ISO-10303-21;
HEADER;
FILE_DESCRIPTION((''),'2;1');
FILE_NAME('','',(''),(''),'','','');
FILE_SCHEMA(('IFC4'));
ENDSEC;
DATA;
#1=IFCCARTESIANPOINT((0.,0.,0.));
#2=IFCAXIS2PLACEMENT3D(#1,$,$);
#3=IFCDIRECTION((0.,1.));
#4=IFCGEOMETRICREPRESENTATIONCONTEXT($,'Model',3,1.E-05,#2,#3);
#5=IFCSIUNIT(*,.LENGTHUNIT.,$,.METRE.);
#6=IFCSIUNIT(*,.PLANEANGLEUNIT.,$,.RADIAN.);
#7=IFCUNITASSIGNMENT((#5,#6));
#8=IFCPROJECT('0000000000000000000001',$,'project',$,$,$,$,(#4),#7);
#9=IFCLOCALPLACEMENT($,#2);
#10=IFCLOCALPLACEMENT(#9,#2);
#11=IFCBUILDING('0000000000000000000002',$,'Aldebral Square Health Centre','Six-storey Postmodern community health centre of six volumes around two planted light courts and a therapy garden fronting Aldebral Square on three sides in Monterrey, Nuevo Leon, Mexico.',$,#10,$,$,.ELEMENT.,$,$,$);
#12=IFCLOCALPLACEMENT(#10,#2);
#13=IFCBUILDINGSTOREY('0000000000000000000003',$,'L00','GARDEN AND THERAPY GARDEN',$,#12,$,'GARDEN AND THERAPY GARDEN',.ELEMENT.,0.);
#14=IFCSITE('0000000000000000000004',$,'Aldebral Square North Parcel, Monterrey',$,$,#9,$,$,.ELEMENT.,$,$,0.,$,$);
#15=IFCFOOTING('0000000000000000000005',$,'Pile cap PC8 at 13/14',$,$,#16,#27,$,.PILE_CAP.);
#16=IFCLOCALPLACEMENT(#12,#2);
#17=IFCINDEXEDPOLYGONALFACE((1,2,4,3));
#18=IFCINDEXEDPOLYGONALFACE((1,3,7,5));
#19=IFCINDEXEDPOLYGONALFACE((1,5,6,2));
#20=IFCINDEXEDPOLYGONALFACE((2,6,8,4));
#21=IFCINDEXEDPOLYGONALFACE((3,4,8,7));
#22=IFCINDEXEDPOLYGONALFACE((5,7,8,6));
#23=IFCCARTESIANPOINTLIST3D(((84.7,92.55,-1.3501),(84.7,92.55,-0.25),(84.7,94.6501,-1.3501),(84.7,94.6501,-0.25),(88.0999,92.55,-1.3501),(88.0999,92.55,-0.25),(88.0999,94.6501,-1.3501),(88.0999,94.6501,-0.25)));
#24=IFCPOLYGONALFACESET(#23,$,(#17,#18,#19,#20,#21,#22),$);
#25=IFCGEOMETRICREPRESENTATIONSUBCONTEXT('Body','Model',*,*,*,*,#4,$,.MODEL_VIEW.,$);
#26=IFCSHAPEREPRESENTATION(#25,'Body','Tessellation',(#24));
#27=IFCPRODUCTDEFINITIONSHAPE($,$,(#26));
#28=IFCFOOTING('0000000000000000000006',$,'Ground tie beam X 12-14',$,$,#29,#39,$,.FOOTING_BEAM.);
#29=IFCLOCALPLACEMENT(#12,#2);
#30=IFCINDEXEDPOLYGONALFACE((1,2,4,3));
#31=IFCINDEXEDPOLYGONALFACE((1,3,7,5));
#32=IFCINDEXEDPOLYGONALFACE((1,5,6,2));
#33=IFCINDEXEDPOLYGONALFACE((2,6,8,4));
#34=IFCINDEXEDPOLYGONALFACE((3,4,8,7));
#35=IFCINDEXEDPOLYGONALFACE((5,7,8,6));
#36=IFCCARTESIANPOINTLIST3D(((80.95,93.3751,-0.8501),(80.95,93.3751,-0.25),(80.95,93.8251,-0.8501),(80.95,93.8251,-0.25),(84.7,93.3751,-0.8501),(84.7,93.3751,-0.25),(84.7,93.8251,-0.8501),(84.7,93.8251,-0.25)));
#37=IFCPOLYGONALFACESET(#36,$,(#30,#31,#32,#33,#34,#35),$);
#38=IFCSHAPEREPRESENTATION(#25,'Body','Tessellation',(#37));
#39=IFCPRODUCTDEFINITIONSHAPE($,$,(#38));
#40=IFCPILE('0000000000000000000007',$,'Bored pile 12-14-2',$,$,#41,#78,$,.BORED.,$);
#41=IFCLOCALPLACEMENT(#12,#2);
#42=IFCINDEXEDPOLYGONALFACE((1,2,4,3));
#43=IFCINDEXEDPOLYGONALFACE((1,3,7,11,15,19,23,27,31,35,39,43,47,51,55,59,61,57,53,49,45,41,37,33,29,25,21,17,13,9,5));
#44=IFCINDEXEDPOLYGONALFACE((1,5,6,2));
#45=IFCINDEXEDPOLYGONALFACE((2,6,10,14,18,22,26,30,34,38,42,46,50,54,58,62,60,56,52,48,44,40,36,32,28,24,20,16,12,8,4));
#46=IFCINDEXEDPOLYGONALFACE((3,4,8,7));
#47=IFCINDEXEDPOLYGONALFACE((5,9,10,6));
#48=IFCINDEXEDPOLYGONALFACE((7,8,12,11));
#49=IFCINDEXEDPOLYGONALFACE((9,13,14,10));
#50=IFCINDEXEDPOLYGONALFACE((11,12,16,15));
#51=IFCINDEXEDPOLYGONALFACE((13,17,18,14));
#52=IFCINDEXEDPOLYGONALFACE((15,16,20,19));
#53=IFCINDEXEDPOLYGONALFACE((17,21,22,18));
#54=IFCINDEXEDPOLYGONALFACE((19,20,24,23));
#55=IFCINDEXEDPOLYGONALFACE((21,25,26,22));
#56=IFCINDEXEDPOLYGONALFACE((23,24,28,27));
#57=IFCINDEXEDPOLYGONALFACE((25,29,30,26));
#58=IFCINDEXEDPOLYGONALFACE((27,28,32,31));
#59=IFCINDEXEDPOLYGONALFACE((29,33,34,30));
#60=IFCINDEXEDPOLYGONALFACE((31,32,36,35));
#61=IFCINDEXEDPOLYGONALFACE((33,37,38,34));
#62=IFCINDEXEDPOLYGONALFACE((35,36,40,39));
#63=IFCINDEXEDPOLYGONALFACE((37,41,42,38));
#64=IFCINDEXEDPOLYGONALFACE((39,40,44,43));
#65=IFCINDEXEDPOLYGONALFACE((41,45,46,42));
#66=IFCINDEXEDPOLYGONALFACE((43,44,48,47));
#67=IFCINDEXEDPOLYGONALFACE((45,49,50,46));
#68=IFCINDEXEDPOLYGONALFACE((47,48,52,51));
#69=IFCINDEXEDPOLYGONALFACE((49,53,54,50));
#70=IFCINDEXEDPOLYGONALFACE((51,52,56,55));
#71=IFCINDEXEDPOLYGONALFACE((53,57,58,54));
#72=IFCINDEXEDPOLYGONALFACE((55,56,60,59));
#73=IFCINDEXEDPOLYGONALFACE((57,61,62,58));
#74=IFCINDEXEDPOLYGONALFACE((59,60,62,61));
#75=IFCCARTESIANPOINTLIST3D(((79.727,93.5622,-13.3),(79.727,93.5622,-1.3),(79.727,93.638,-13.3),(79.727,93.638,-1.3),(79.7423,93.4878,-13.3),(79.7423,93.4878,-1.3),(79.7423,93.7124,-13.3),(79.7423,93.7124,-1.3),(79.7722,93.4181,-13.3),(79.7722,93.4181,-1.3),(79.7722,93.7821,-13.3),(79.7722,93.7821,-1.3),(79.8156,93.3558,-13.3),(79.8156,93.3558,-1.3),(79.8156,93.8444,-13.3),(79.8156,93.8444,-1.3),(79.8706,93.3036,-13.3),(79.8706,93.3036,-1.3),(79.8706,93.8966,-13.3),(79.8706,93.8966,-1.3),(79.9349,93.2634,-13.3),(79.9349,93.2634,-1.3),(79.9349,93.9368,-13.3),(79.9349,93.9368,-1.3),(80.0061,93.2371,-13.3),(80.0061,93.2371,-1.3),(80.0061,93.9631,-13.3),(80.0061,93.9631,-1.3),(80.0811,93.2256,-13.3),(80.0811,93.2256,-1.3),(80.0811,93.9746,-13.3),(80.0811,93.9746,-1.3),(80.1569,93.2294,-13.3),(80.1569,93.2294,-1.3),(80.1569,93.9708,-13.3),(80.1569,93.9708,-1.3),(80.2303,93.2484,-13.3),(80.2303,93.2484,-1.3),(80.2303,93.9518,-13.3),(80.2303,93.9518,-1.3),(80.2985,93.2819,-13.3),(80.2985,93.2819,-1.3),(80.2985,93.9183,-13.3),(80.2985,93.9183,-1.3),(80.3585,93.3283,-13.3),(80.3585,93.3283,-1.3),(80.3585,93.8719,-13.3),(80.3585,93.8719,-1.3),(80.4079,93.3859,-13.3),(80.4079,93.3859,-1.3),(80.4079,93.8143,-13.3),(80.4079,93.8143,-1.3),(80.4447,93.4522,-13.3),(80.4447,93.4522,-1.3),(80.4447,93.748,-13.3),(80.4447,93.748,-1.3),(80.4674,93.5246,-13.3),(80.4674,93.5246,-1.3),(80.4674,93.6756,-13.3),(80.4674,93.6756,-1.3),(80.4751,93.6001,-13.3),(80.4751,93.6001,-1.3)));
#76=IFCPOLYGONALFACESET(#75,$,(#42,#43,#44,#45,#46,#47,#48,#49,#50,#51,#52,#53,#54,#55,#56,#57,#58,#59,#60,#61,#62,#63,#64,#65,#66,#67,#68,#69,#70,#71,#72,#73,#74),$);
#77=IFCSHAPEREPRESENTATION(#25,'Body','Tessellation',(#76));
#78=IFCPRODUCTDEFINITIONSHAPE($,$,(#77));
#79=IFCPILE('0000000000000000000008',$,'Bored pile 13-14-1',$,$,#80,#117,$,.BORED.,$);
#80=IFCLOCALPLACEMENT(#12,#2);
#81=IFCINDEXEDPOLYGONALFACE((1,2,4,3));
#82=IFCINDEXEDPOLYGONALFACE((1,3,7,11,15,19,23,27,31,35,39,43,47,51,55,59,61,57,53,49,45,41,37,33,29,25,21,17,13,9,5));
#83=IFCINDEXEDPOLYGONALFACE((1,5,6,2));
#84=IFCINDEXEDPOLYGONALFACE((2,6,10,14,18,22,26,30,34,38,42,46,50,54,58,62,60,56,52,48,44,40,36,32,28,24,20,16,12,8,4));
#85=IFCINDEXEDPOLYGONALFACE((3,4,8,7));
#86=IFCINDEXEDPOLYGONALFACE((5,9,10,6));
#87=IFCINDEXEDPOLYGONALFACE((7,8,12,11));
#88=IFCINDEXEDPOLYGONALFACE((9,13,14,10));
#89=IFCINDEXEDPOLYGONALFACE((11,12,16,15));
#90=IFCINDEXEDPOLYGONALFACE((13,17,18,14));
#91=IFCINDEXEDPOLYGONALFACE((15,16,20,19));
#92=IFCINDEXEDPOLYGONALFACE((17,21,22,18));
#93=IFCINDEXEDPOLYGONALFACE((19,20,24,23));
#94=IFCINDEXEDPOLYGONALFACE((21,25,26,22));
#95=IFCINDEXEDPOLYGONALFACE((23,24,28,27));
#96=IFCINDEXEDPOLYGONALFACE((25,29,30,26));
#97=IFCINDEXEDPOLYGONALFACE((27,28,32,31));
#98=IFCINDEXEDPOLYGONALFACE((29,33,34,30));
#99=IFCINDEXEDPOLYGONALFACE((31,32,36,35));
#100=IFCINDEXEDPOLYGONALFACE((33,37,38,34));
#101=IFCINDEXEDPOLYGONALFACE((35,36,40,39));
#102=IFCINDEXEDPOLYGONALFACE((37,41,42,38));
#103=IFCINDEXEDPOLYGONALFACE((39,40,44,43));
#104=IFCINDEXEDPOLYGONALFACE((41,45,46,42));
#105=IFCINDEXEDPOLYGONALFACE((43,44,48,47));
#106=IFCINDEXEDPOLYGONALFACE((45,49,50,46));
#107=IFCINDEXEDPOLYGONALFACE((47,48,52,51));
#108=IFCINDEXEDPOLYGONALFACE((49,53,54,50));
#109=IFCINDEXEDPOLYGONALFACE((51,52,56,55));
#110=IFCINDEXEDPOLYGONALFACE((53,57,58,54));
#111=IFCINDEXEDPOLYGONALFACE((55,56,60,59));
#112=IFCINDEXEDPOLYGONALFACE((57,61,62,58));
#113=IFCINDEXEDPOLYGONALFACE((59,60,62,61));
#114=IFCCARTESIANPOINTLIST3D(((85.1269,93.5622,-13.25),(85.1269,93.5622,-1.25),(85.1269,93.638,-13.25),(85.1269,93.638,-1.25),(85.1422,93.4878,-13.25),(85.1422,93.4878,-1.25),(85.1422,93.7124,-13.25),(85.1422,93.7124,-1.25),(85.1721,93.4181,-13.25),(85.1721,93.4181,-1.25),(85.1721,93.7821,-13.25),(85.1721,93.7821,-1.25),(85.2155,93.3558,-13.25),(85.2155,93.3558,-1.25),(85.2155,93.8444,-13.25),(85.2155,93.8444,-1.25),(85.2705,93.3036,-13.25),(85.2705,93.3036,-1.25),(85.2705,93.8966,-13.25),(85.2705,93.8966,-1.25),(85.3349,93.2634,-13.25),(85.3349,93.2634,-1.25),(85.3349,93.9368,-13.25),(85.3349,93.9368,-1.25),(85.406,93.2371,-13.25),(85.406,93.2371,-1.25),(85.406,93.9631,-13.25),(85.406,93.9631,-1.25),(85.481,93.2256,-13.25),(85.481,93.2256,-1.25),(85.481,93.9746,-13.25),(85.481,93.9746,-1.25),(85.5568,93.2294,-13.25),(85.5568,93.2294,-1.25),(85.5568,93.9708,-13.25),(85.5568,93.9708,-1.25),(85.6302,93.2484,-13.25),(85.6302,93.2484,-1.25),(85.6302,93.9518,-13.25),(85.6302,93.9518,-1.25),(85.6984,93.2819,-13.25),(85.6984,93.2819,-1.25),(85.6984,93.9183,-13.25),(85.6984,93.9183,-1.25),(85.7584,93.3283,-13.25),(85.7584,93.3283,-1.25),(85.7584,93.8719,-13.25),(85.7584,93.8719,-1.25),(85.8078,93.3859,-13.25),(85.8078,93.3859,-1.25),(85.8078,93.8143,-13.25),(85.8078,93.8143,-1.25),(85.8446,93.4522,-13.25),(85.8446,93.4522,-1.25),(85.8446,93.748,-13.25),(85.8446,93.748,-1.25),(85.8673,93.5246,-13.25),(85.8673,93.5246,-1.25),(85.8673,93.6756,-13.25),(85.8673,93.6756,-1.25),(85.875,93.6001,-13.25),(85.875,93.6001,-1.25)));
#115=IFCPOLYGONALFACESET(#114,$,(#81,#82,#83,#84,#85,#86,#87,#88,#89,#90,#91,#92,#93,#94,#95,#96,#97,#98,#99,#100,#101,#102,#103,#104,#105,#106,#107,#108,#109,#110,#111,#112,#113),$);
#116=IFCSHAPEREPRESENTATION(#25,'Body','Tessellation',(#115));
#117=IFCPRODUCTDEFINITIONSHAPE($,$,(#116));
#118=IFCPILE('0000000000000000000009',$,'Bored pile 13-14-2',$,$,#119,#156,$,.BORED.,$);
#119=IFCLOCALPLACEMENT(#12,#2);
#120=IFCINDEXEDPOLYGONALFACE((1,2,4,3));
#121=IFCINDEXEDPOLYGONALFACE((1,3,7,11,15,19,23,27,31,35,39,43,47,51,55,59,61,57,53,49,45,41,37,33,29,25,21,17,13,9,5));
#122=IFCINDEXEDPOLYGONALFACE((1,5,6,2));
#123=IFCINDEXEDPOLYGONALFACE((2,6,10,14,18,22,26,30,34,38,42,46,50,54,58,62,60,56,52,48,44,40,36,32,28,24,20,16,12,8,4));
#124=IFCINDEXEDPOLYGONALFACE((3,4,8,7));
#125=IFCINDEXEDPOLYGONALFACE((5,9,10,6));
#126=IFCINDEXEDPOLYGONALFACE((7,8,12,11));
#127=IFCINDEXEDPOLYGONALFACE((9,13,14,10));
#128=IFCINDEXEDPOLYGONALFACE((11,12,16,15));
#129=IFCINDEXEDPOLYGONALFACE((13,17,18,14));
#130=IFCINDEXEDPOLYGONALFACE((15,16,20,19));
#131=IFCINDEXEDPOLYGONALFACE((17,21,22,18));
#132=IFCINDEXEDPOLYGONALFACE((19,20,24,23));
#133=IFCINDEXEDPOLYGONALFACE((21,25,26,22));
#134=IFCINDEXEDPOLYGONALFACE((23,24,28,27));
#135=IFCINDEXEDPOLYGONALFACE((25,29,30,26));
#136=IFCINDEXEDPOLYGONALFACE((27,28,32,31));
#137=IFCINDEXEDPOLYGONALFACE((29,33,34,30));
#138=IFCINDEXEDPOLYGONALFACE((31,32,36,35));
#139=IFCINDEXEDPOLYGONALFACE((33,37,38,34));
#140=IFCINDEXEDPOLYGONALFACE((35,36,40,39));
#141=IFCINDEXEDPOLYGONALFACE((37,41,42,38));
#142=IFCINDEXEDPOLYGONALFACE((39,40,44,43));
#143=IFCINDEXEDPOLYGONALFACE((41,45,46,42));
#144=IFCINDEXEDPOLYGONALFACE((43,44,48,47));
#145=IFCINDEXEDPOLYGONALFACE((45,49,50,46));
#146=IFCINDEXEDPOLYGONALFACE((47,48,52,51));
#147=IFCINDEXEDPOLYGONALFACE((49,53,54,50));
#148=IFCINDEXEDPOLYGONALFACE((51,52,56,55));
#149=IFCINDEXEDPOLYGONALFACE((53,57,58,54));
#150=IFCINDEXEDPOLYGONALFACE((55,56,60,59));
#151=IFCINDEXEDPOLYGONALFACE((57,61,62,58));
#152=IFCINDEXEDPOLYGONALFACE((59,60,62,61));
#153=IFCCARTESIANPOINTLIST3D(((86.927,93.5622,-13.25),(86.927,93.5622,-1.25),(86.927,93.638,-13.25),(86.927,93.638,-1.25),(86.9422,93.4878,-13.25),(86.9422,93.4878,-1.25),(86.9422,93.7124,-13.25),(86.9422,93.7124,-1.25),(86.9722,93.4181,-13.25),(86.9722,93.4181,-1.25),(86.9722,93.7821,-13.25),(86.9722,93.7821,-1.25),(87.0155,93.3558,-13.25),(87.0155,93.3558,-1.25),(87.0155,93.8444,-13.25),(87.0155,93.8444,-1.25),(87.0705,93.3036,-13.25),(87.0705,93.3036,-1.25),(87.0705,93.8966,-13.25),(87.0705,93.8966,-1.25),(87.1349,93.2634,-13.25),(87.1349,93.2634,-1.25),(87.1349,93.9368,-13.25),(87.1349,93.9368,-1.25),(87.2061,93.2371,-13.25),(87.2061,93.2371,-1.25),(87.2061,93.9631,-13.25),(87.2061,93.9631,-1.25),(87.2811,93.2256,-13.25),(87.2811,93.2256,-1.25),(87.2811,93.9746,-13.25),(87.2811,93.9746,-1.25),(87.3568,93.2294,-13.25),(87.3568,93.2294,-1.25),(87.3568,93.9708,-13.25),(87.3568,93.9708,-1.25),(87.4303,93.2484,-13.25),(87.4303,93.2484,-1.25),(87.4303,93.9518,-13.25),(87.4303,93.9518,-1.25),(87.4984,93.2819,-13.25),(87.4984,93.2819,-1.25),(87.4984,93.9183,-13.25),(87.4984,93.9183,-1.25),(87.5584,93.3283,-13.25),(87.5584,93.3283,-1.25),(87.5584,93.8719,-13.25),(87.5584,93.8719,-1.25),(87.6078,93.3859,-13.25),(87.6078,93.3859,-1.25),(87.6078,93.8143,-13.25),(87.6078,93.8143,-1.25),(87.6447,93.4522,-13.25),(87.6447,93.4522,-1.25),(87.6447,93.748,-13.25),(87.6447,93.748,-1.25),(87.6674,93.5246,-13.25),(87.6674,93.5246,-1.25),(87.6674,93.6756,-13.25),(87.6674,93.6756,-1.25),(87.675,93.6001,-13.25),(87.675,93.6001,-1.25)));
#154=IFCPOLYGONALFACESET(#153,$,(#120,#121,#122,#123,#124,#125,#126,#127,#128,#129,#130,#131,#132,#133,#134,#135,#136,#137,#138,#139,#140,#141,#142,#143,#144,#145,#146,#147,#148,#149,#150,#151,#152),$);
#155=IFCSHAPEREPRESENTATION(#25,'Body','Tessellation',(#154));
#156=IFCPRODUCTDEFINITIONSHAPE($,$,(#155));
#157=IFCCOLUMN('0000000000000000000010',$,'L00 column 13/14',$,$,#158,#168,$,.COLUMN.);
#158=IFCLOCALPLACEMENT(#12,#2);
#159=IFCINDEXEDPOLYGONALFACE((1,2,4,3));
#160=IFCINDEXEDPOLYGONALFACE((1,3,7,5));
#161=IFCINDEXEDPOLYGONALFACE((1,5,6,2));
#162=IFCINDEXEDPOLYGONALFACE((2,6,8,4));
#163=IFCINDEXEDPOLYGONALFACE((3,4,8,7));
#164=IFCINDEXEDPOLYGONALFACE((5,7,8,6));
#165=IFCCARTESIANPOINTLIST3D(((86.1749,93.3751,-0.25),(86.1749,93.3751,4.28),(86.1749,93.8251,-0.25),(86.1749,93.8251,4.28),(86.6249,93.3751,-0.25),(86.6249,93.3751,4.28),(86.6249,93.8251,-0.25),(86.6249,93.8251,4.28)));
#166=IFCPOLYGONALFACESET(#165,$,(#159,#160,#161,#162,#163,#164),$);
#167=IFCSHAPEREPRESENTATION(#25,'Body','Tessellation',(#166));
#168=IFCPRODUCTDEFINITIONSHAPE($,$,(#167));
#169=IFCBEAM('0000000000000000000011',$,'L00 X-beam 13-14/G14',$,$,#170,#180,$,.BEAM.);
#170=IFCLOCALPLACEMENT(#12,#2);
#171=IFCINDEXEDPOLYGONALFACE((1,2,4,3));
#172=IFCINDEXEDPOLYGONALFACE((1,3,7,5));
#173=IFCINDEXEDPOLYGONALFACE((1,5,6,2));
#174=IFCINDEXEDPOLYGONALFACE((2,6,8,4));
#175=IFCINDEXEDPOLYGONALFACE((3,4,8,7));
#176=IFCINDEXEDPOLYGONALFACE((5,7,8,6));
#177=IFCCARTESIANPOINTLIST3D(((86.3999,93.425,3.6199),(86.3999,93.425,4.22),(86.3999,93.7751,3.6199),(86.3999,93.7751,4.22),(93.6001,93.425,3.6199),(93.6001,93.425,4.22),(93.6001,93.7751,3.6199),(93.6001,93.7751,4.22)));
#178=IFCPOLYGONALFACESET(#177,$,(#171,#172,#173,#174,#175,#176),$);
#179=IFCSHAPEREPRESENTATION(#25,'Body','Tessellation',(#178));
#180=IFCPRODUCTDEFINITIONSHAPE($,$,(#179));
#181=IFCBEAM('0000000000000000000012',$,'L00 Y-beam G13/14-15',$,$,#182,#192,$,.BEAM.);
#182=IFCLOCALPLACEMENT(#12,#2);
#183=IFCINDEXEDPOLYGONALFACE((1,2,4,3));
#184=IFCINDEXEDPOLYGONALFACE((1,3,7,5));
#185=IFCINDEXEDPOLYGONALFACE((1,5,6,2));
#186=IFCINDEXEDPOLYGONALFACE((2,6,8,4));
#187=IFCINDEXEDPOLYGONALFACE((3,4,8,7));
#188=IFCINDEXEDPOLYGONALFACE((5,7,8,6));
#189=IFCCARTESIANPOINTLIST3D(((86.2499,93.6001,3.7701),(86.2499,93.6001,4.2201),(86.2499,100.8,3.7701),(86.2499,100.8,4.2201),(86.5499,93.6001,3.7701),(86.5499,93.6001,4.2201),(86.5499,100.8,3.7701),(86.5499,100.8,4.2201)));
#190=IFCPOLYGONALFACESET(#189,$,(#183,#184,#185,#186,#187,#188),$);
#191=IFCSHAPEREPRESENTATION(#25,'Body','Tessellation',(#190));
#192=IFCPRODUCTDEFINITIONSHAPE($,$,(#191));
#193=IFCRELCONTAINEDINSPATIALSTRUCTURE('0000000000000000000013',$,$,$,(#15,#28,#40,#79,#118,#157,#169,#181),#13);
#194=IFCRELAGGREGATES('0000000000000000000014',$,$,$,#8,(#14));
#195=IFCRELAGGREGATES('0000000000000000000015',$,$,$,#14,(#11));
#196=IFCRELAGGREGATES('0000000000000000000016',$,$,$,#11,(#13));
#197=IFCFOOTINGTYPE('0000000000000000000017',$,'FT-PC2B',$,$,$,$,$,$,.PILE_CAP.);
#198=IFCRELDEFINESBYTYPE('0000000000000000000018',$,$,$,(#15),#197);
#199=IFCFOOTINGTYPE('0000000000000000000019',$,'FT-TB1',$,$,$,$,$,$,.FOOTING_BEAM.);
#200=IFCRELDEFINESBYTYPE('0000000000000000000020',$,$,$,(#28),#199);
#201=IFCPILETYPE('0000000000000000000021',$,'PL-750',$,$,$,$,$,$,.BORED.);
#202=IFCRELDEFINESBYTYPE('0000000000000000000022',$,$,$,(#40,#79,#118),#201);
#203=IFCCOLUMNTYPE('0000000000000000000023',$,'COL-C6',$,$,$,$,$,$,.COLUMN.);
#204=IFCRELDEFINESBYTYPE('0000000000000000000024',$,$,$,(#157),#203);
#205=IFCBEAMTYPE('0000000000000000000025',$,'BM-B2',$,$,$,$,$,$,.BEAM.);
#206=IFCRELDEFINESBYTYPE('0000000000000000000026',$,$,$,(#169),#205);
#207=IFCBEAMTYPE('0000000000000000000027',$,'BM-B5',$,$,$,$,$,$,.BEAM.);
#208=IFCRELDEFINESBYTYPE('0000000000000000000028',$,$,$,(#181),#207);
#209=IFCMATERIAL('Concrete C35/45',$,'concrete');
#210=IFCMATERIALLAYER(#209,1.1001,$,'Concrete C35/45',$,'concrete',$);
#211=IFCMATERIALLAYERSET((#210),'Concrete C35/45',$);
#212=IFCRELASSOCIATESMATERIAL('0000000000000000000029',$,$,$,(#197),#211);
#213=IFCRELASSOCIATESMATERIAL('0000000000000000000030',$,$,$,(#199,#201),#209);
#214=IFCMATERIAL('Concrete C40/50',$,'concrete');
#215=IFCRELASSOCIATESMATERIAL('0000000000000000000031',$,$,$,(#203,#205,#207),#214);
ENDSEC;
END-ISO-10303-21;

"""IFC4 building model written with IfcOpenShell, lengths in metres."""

from ifc_helpers import new_model, si_unit, direction, frame, origin, origin_2d, place, context, subcontext, project, spatial, rectangle, circle, extrude, material, layer, layer_set, material_profile, profile_set, type_object, element, save


model = new_model("IFC4")

# Units and contexts
model_context = context("Model", 3, precision=1e-05, world=origin(), true_north=direction((0.0, 1.0)))
body_context = subcontext(model_context, "Body", "Model", "MODEL_VIEW")
ifc_project = project(units=[si_unit("LENGTHUNIT", "METRE"), si_unit("PLANEANGLEUNIT", "RADIAN")], contexts=[model_context])

# Site, building, storey
site_placement = place(None, origin())
site = spatial("IfcSite", under=ifc_project, at=site_placement, Name="Aldebral Square North Parcel, Monterrey", CompositionType="ELEMENT", RefElevation=0.0)
building_placement = place(site_placement, origin())
building = spatial("IfcBuilding", under=site, at=building_placement, Name="Aldebral Square Health Centre", Description="Six-storey Postmodern community health centre of six volumes around two planted light courts and a therapy garden fronting Aldebral Square on three sides in Monterrey, Nuevo Leon, Mexico.", CompositionType="ELEMENT")
storey_placement = place(building_placement, origin())
storey = spatial("IfcBuildingStorey", under=building, at=storey_placement, Name="L00", Description="GARDEN AND THERAPY GARDEN", LongName="GARDEN AND THERAPY GARDEN", CompositionType="ELEMENT", Elevation=0.0)

# Footings
ifc_material_1 = material(Name="Concrete C35/45", Category="concrete")
ifc_layer_1 = layer(ifc_material_1, 1.1001, Name="Concrete C35/45", Category="concrete")
ifc_layer_set_1 = layer_set([ifc_layer_1], Name="Concrete C35/45")
footing_type_1 = type_object("IfcFootingType", Name="FT-PC2B", PredefinedType="PILE_CAP", material=ifc_layer_set_1)
footing_1_placement = place(storey_placement, frame((86.3999, 93.6001, -1.3501), z_axis=(0.0, 0.0, 1.0), x_axis=(1.0, 0.0, 0.0)))
element("IfcFooting", 1, at=footing_1_placement, inside=storey, type_object=footing_type_1, Name="Pile cap PC8 at 13/14", PredefinedType="PILE_CAP", context=body_context, shape_type="SweptSolid", body=[
    extrude(rectangle(XDim=3.3999, YDim=2.1001, at=origin_2d()), origin(), (0.0, 0.0, 1.0), 1.1001),
])
ifc_material_profile_1 = material_profile(ifc_material_1, rectangle(XDim=0.45, YDim=0.6001, at=origin_2d()), Name="RC 450x600")
ifc_profile_set_1 = profile_set([ifc_material_profile_1], Name="Concrete C35/45")
footing_type_2 = type_object("IfcFootingType", Name="FT-TB1", PredefinedType="FOOTING_BEAM", material=ifc_profile_set_1)
footing_2_placement = place(storey_placement, frame((80.95, 93.6001, -0.55), z_axis=(1.0, 0.0, 0.0), x_axis=(0.0, 1.0, 0.0)))
element("IfcFooting", 2, at=footing_2_placement, inside=storey, type_object=footing_type_2, Name="Ground tie beam X 12-14", PredefinedType="FOOTING_BEAM", context=body_context, shape_type="SweptSolid", body=[
    extrude(rectangle(XDim=0.45, YDim=0.6001, at=origin_2d()), origin(), (0.0, 0.0, 1.0), 3.75),
])

# Piles
ifc_material_profile_2 = material_profile(ifc_material_1, circle(Radius=0.375, at=origin_2d()), Name="PILE D750")
ifc_profile_set_2 = profile_set([ifc_material_profile_2], Name="Concrete C35/45")
pile_type = type_object("IfcPileType", Name="PL-750", PredefinedType="BORED", material=ifc_profile_set_2)
for number, where, z_axis, x_axis, name in (
    (3, (80.1001, 93.6001, -1.3), (0.0, 0.0, -1.0), (1.0, 0.0, 0.0), "Bored pile 12-14-2"),
    (4, (85.5, 93.6001, -1.25), (0.0, 0.0, -1.0), (1.0, 0.0, 0.0), "Bored pile 13-14-1"),
    (5, (87.3, 93.6001, -1.25), (0.0, 0.0, -1.0), (1.0, 0.0, 0.0), "Bored pile 13-14-2"),
):
    element("IfcPile", number, at=place(storey_placement, frame(where, z_axis=z_axis, x_axis=x_axis)), inside=storey, type_object=pile_type, Name=name, PredefinedType="BORED", context=body_context, shape_type="SweptSolid", body=[
        extrude(circle(Radius=0.375, at=origin_2d()), origin(), (0.0, 0.0, 1.0), 12.0),
    ])

# Column
ifc_material_2 = material(Name="Concrete C40/50", Category="concrete")
ifc_material_profile_3 = material_profile(ifc_material_2, rectangle(XDim=0.45, YDim=0.45, at=origin_2d()), Name="RC 450x450")
ifc_profile_set_3 = profile_set([ifc_material_profile_3], Name="Concrete C40/50")
column_type = type_object("IfcColumnType", Name="COL-C6", PredefinedType="COLUMN", material=ifc_profile_set_3)
column_placement = place(storey_placement, frame((86.3999, 93.6001, -0.25), z_axis=(0.0, 0.0, 1.0), x_axis=(1.0, 0.0, 0.0)))
element("IfcColumn", 6, at=column_placement, inside=storey, type_object=column_type, Name="L00 column 13/14", PredefinedType="COLUMN", context=body_context, shape_type="SweptSolid", body=[
    extrude(rectangle(XDim=0.45, YDim=0.45, at=origin_2d()), origin(), (0.0, 0.0, 1.0), 4.53),
])

# Beams
ifc_material_profile_4 = material_profile(ifc_material_2, rectangle(XDim=0.3501, YDim=0.6001, at=origin_2d()), Name="RC 350x600")
ifc_profile_set_4 = profile_set([ifc_material_profile_4], Name="Concrete C40/50")
beam_type_1 = type_object("IfcBeamType", Name="BM-B2", PredefinedType="BEAM", material=ifc_profile_set_4)
beam_1_placement = place(storey_placement, frame((86.3999, 93.6001, 3.9199), z_axis=(1.0, 0.0, 0.0), x_axis=(0.0, 1.0, 0.0)))
element("IfcBeam", 7, at=beam_1_placement, inside=storey, type_object=beam_type_1, Name="L00 X-beam 13-14/G14", PredefinedType="BEAM", context=body_context, shape_type="SweptSolid", body=[
    extrude(rectangle(XDim=0.3501, YDim=0.6001, at=origin_2d()), origin(), (0.0, 0.0, 1.0), 7.2002),
])
ifc_material_profile_5 = material_profile(ifc_material_2, rectangle(XDim=0.3, YDim=0.45, at=origin_2d()), Name="RC 300x450")
ifc_profile_set_5 = profile_set([ifc_material_profile_5], Name="Concrete C40/50")
beam_type_2 = type_object("IfcBeamType", Name="BM-B5", PredefinedType="BEAM", material=ifc_profile_set_5)
beam_2_placement = place(storey_placement, frame((86.3999, 93.6001, 3.9951), z_axis=(0.0, 1.0, 0.0), x_axis=(-1.0, 0.0, 0.0)))
element("IfcBeam", 8, at=beam_2_placement, inside=storey, type_object=beam_type_2, Name="L00 Y-beam G13/14-15", PredefinedType="BEAM", context=body_context, shape_type="SweptSolid", body=[
    extrude(rectangle(XDim=0.3, YDim=0.45, at=origin_2d()), origin(), (0.0, 0.0, 1.0), 7.2),
])

save(model, "model.ifc")
